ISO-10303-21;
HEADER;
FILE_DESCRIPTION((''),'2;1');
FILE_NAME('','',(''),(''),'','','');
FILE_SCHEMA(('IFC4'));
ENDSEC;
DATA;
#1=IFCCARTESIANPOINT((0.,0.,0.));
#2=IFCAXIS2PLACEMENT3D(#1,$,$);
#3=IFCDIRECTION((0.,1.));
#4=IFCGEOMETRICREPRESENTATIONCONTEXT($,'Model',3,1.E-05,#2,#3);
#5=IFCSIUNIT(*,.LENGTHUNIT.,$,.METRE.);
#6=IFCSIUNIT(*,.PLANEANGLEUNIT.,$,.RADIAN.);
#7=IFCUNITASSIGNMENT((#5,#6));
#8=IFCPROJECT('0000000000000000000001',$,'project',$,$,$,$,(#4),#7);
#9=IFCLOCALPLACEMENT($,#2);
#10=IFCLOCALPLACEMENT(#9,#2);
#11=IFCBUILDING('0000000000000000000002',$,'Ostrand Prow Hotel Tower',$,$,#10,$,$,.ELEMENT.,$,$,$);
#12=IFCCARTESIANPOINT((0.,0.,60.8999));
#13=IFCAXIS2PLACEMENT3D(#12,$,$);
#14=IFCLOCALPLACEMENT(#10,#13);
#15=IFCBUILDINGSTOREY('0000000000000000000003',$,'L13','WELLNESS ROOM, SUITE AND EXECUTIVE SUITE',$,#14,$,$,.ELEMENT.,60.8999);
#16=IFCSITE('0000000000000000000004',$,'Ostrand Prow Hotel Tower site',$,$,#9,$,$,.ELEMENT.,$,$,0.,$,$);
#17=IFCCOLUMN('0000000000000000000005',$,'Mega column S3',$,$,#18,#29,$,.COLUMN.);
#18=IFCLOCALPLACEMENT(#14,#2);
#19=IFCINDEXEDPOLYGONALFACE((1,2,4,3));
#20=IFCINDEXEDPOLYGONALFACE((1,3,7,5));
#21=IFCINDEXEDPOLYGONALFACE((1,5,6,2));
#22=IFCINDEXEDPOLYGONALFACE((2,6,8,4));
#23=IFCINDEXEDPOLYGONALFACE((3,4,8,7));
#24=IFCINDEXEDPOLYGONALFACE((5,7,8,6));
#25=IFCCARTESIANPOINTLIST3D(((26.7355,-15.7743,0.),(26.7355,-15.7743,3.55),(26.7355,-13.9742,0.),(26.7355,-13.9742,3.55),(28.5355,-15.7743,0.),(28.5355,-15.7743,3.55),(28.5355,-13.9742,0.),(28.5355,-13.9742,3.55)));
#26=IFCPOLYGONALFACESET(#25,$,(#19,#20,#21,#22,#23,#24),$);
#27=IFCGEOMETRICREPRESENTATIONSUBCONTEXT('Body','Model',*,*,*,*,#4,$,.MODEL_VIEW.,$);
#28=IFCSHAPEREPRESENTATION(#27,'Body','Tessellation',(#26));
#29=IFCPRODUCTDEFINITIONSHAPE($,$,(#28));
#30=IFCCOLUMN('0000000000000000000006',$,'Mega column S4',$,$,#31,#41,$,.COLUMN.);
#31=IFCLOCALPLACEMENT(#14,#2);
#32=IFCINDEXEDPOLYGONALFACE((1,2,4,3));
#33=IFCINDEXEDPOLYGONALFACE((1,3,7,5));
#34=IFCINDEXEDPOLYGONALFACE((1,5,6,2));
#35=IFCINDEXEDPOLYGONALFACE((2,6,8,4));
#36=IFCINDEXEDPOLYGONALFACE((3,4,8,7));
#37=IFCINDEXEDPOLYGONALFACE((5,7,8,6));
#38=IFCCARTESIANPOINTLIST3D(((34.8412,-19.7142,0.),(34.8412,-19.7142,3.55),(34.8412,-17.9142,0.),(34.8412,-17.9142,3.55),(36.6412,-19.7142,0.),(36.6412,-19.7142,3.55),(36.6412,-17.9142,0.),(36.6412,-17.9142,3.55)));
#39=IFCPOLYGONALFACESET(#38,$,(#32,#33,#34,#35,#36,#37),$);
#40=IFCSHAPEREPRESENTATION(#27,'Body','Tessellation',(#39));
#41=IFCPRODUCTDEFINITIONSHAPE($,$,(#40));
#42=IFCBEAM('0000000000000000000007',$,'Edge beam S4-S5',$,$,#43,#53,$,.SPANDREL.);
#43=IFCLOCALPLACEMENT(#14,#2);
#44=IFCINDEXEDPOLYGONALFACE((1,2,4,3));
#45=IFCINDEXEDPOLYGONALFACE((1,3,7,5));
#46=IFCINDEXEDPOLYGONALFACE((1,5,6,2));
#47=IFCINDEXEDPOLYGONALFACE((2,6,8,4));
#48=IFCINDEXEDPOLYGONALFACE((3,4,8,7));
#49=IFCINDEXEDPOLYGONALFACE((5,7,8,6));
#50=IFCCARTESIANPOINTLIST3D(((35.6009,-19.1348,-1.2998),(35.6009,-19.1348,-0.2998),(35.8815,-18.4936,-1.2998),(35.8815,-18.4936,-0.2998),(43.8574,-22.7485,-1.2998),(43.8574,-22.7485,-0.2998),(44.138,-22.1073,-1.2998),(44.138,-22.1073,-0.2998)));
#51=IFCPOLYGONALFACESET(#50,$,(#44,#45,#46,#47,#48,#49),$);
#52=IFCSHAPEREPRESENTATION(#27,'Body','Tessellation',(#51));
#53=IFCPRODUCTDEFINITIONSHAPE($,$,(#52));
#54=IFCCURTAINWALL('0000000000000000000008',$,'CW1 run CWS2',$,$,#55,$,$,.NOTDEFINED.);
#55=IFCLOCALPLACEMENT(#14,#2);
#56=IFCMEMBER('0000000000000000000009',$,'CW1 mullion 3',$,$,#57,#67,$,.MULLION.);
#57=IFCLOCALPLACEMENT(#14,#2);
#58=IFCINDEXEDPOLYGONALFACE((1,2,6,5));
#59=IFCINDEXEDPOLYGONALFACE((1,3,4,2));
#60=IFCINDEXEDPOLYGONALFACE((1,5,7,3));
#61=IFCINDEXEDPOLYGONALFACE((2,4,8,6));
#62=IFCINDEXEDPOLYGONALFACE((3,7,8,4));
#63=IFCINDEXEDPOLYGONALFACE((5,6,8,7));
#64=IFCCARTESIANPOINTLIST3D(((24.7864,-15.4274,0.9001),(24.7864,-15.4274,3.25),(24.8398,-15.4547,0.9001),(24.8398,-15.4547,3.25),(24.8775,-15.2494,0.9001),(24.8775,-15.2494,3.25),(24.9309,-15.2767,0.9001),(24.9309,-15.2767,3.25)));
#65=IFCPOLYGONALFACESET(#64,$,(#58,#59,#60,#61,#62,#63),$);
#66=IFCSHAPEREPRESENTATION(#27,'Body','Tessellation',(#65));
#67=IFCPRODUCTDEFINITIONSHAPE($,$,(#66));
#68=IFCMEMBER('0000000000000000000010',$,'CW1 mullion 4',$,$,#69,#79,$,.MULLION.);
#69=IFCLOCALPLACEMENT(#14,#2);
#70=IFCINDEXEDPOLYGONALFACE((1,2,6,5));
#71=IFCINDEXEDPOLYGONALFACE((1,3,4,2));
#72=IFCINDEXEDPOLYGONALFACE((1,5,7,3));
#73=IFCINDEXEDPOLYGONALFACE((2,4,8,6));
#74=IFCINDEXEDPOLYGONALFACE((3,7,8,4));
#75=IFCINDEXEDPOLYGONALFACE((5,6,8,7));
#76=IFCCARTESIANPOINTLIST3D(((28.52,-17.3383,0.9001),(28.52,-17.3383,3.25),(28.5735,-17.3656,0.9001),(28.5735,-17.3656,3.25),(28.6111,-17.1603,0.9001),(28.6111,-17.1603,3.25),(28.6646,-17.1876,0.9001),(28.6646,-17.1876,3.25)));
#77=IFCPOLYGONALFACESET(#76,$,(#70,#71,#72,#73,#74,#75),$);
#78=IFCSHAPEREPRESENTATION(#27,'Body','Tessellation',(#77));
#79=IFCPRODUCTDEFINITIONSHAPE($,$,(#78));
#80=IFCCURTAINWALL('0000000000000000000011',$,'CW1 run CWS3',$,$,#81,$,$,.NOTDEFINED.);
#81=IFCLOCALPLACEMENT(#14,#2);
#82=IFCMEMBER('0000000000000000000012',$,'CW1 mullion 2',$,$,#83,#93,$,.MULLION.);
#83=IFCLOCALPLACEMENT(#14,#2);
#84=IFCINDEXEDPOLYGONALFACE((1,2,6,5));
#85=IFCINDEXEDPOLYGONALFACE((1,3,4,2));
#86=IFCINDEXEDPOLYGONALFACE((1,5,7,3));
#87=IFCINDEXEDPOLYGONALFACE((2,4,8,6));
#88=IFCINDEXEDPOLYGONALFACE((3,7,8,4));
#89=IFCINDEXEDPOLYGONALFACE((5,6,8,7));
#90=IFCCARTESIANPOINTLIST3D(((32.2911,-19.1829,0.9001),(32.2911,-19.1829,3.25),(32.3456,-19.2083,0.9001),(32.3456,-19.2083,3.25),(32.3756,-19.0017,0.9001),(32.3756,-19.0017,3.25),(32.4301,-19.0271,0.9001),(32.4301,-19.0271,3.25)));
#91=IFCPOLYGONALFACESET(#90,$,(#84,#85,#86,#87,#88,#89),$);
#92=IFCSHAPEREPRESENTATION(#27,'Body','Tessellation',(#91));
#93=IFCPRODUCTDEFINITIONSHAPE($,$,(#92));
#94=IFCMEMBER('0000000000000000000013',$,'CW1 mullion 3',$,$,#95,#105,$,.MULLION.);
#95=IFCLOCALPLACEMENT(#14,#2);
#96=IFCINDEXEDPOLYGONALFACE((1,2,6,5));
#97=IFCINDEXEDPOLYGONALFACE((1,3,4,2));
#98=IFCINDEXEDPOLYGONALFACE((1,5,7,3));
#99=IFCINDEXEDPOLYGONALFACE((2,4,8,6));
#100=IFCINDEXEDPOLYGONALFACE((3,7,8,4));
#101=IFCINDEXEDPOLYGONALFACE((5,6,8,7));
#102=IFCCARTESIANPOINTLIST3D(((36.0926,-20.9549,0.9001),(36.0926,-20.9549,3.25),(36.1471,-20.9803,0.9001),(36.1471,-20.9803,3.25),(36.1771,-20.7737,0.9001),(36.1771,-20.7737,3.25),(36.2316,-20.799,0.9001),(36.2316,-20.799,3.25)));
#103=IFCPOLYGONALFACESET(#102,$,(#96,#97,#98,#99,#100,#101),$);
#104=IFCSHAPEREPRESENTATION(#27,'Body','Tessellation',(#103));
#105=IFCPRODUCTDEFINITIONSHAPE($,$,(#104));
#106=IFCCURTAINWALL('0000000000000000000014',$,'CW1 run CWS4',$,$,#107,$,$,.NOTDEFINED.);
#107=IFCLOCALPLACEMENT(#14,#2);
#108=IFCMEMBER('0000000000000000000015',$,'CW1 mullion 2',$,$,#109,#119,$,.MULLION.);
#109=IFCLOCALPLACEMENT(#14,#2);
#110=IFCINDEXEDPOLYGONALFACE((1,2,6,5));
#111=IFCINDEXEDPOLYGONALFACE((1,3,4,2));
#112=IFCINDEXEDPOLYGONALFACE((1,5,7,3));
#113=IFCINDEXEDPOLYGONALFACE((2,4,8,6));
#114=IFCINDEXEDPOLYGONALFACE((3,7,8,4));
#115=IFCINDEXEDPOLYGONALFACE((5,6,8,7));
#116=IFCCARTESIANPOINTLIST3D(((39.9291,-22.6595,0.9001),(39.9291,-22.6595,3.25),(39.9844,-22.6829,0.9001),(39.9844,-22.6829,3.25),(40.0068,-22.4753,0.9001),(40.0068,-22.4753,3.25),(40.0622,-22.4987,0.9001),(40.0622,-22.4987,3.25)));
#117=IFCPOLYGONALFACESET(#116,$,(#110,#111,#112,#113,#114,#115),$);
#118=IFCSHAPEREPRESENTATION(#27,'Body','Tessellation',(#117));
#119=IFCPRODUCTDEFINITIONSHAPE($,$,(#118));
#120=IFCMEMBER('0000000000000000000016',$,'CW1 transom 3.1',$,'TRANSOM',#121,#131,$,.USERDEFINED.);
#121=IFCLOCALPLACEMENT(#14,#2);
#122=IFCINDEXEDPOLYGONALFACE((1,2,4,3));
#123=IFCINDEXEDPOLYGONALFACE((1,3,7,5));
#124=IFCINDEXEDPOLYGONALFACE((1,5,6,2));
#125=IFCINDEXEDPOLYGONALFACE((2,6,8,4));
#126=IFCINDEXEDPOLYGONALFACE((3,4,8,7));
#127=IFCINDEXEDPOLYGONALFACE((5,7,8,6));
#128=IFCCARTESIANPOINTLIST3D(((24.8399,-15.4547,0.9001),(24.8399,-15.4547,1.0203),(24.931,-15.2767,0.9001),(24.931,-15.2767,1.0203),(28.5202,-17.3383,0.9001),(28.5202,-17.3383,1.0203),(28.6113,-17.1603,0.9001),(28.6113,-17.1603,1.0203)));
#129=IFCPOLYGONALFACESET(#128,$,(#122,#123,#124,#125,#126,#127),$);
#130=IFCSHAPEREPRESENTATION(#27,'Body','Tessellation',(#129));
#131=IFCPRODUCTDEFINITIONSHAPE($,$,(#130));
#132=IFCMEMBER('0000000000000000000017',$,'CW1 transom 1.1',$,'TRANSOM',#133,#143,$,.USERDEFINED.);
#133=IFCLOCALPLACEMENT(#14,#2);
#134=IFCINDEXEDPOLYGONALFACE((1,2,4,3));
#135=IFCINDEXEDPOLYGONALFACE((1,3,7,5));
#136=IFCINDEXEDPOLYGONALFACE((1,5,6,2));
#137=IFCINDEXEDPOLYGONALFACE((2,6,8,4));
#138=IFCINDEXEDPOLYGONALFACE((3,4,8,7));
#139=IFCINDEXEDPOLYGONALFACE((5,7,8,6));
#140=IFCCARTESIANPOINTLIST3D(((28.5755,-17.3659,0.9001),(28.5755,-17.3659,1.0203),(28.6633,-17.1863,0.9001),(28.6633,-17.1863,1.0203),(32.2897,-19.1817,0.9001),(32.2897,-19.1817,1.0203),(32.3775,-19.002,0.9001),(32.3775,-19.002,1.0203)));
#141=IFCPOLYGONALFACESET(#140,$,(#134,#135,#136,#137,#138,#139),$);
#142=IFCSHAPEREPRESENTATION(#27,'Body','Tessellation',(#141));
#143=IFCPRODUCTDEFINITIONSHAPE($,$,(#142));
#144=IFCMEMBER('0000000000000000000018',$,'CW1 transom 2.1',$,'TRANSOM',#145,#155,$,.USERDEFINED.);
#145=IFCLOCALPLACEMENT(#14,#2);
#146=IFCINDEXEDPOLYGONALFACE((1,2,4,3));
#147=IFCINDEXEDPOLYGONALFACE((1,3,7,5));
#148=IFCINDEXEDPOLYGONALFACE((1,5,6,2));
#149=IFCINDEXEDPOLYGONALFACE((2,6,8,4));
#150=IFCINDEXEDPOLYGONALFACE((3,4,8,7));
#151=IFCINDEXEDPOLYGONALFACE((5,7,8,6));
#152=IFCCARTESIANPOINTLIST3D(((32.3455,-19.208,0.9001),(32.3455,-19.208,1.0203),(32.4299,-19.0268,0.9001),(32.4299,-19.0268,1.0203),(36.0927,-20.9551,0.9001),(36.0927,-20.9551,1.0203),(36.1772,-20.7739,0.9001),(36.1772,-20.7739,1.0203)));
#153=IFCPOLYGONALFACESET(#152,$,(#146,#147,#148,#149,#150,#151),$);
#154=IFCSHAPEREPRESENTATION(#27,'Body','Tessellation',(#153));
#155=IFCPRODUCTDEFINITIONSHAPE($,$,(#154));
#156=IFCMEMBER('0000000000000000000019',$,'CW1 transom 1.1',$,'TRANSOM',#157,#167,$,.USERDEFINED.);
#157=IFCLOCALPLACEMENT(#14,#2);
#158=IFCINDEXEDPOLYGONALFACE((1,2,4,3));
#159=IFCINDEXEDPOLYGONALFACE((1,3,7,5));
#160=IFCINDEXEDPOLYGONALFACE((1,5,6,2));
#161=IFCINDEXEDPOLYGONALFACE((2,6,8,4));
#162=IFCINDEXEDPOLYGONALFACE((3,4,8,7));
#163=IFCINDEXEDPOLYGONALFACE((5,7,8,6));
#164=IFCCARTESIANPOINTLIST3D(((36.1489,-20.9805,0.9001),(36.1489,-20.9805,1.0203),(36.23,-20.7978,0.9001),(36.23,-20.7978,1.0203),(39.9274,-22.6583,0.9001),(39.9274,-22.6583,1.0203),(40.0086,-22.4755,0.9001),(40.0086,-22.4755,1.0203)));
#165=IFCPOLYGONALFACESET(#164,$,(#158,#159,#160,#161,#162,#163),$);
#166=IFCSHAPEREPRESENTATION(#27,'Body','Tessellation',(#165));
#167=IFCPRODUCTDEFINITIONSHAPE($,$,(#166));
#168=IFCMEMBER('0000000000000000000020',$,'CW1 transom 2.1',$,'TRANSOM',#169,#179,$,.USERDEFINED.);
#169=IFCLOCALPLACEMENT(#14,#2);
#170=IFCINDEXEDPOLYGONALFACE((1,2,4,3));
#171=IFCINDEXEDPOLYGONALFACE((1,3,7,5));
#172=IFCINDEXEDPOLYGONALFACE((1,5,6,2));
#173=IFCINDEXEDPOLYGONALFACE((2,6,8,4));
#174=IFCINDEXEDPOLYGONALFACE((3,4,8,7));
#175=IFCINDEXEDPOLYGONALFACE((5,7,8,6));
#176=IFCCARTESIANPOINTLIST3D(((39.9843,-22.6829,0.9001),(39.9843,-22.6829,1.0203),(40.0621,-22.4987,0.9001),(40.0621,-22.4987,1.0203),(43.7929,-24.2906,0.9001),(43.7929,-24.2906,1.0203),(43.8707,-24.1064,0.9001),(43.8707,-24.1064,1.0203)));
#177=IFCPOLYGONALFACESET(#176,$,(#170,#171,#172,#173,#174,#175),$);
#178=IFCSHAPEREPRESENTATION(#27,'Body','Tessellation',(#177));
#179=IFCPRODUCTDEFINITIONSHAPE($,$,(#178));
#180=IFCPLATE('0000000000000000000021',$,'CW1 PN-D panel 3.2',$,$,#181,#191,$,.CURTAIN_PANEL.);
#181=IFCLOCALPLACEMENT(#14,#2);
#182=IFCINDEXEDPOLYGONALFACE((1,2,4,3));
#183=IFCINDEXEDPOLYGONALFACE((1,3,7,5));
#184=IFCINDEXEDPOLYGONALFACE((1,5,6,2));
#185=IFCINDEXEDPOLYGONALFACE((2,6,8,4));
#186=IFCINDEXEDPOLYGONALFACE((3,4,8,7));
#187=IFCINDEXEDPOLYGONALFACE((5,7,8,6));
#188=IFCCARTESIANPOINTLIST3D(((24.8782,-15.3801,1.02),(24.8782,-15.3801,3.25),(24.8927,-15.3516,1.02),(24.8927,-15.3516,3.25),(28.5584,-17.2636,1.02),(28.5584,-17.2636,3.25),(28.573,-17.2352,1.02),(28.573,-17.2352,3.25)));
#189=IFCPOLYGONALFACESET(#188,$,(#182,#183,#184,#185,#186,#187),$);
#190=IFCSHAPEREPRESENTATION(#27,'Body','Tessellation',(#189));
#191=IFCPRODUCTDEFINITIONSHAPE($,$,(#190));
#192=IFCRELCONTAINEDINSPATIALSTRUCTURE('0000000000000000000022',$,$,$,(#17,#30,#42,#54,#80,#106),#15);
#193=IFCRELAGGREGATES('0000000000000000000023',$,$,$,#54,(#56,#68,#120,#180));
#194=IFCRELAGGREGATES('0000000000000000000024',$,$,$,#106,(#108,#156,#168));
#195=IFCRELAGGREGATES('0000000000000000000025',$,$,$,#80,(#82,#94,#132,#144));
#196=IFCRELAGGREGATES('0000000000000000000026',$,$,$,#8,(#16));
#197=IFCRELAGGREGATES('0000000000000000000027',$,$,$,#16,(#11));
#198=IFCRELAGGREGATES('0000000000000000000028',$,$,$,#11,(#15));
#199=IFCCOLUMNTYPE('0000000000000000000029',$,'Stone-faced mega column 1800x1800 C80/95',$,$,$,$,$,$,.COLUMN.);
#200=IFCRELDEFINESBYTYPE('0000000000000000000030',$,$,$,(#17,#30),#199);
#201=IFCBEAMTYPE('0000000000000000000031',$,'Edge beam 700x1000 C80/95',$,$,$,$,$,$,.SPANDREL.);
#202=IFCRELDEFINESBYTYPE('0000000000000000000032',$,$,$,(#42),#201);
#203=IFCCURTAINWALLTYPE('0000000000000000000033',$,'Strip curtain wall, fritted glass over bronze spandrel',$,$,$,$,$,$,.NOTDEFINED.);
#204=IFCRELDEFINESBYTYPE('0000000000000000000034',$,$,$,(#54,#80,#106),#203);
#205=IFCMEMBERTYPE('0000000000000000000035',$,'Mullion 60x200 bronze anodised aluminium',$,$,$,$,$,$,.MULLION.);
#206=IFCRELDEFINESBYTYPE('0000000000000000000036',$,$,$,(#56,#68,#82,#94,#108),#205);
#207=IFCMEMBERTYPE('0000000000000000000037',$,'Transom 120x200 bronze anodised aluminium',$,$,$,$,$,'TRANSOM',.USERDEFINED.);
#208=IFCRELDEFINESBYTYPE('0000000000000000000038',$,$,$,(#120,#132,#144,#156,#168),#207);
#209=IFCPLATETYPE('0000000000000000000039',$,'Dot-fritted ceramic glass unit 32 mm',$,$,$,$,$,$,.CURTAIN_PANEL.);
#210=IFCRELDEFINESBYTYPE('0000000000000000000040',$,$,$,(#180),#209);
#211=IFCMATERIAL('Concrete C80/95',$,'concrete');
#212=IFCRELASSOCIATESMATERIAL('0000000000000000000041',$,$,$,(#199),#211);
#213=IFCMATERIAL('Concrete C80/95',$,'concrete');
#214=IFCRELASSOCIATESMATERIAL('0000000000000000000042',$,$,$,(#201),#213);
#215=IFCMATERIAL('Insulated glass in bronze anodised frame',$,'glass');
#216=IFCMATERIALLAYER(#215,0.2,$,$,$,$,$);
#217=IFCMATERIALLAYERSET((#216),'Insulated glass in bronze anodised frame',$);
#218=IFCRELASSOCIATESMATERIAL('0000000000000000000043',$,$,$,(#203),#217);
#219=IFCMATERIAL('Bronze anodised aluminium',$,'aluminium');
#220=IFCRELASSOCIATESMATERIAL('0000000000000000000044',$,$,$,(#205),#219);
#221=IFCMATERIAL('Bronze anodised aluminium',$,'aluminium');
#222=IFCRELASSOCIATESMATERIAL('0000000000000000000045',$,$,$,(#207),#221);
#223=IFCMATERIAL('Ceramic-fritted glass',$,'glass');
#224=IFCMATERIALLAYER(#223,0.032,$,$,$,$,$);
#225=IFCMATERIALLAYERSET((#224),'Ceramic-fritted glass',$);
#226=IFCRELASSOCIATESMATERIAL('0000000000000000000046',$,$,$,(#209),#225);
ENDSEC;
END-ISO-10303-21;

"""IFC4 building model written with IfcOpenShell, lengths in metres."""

from ifc_helpers import new_model, si_unit, direction, frame, origin, origin_2d, place, context, subcontext, project, spatial, rectangle, extrude, material, layer, layer_set, material_profile, profile_set, type_object, element, aggregate, save


model = new_model("IFC4")

# Units and contexts
model_context = context("Model", 3, precision=1e-05, world=origin(), true_north=direction((0.0, 1.0)))
body_context = subcontext(model_context, "Body", "Model", "MODEL_VIEW")
ifc_project = project(units=[si_unit("LENGTHUNIT", "METRE"), si_unit("PLANEANGLEUNIT", "RADIAN")], contexts=[model_context])

# Site, building, storey
site_placement = place(None, origin())
site = spatial("IfcSite", under=ifc_project, at=site_placement, Name="Ostrand Prow Hotel Tower site", CompositionType="ELEMENT", RefElevation=0.0)
building_placement = place(site_placement, origin())
building = spatial("IfcBuilding", under=site, at=building_placement, Name="Ostrand Prow Hotel Tower", CompositionType="ELEMENT")
storey_placement = place(building_placement, frame((0.0, 0.0, 60.8999)))
storey = spatial("IfcBuildingStorey", under=building, at=storey_placement, Name="L13", Description="WELLNESS ROOM, SUITE AND EXECUTIVE SUITE", CompositionType="ELEMENT", Elevation=60.8999)

# Columns
ifc_material_1 = material(Name="Concrete C80/95", Category="concrete")
ifc_material_profile_1 = material_profile(ifc_material_1, rectangle(XDim=1.8, YDim=1.8, at=origin_2d()), Name="RC 1800x1800")
ifc_profile_set_1 = profile_set([ifc_material_profile_1], Name="Concrete C80/95")
column_type = type_object("IfcColumnType", Name="Stone-faced mega column 1800x1800 C80/95", PredefinedType="COLUMN", material=ifc_profile_set_1)
for number, where, z_axis, x_axis, name in (
    (1, (27.6355, -14.8743, 0.0), (0.0, 0.0, 1.0), (1.0, 0.0, 0.0), "Mega column S3"),
    (2, (35.7412, -18.8142, 0.0), (0.0, 0.0, 1.0), (1.0, 0.0, 0.0), "Mega column S4"),
):
    element("IfcColumn", number, at=place(storey_placement, frame(where, z_axis=z_axis, x_axis=x_axis)), inside=storey, type_object=column_type, Name=name, PredefinedType="COLUMN", context=body_context, shape_type="SweptSolid", body=[
        extrude(rectangle(XDim=1.8, YDim=1.8, at=origin_2d()), origin(), (0.0, 0.0, 1.0), 3.55),
    ])

# Beam
ifc_material_2 = material(Name="Concrete C80/95", Category="concrete")
ifc_material_profile_2 = material_profile(ifc_material_2, rectangle(XDim=0.7, YDim=1.0, at=origin_2d()), Name="RC 700x1000")
ifc_profile_set_2 = profile_set([ifc_material_profile_2], Name="Concrete C80/95")
beam_type = type_object("IfcBeamType", Name="Edge beam 700x1000 C80/95", PredefinedType="SPANDREL", material=ifc_profile_set_2)
beam_placement = place(storey_placement, frame((35.7412, -18.8142, -0.7998), z_axis=(0.916096, -0.40096, 0.0), x_axis=(0.40096, 0.916096, 0.0)))
element("IfcBeam", 3, at=beam_placement, inside=storey, type_object=beam_type, Name="Edge beam S4-S5", PredefinedType="SPANDREL", context=body_context, shape_type="SweptSolid", body=[
    extrude(rectangle(XDim=0.7, YDim=1.0, at=origin_2d()), origin(), (0.0, 0.0, 1.0), 9.0127),
])

# Curtain walls, members
ifc_material_3 = material(Name="Insulated glass in bronze anodised frame", Category="glass")
ifc_layer_1 = layer(ifc_material_3, 0.2)
ifc_layer_set_1 = layer_set([ifc_layer_1], Name="Insulated glass in bronze anodised frame")
curtain_wall_type = type_object("IfcCurtainWallType", Name="Strip curtain wall, fritted glass over bronze spandrel", PredefinedType="NOTDEFINED", material=ifc_layer_set_1)
curtain_wall_1_placement = place(storey_placement, origin())
curtain_wall_1 = element("IfcCurtainWall", 4, at=curtain_wall_1_placement, inside=storey, type_object=curtain_wall_type, Name="CW1 run CWS2", PredefinedType="NOTDEFINED")
ifc_material_4 = material(Name="Bronze anodised aluminium", Category="aluminium")
ifc_material_profile_3 = material_profile(ifc_material_4, rectangle(XDim=0.2, YDim=0.0601, at=origin_2d()), Name="Mullion 60x200 bronze anodised aluminium")
ifc_profile_set_3 = profile_set([ifc_material_profile_3], Name="Bronze anodised aluminium")
member_type_1 = type_object("IfcMemberType", Name="Mullion 60x200 bronze anodised aluminium", PredefinedType="MULLION", material=ifc_profile_set_3)
member_1_placement = place(storey_placement, frame((24.8586, -15.3521, 0.9001), z_axis=(0.0, 0.0, 1.0), x_axis=(0.455596, 0.890187, 0.0)))
member_1 = element("IfcMember", 5, at=member_1_placement, type_object=member_type_1, Name="CW1 mullion 3", PredefinedType="MULLION", context=body_context, shape_type="SweptSolid", body=[
    extrude(rectangle(XDim=0.2, YDim=0.0601, at=origin_2d()), origin(), (0.0, 0.0, 1.0), 2.3499),
])
member_2_placement = place(storey_placement, frame((28.5923, -17.2629, 0.9001), z_axis=(0.0, 0.0, 1.0), x_axis=(0.455596, 0.890187, 0.0)))
member_2 = element("IfcMember", 6, at=member_2_placement, type_object=member_type_1, Name="CW1 mullion 4", PredefinedType="MULLION", context=body_context, shape_type="SweptSolid", body=[
    extrude(rectangle(XDim=0.2, YDim=0.0601, at=origin_2d()), origin(), (0.0, 0.0, 1.0), 2.3499),
])
curtain_wall_2_placement = place(storey_placement, origin())
curtain_wall_2 = element("IfcCurtainWall", 7, at=curtain_wall_2_placement, inside=storey, type_object=curtain_wall_type, Name="CW1 run CWS3", PredefinedType="NOTDEFINED")
member_3_placement = place(storey_placement, frame((32.3606, -19.105, 0.9001), z_axis=(0.0, 0.0, 1.0), x_axis=(0.42253, 0.906349, 0.0)))
member_3 = element("IfcMember", 8, at=member_3_placement, type_object=member_type_1, Name="CW1 mullion 2", PredefinedType="MULLION", context=body_context, shape_type="SweptSolid", body=[
    extrude(rectangle(XDim=0.2, YDim=0.0601, at=origin_2d()), origin(), (0.0, 0.0, 1.0), 2.3499),
])
member_4_placement = place(storey_placement, frame((36.1621, -20.877, 0.9001), z_axis=(0.0, 0.0, 1.0), x_axis=(0.42253, 0.906349, 0.0)))
member_4 = element("IfcMember", 9, at=member_4_placement, type_object=member_type_1, Name="CW1 mullion 3", PredefinedType="MULLION", context=body_context, shape_type="SweptSolid", body=[
    extrude(rectangle(XDim=0.2, YDim=0.0601, at=origin_2d()), origin(), (0.0, 0.0, 1.0), 2.3499),
])

# Curtain wall, member
curtain_wall_3_placement = place(storey_placement, origin())
curtain_wall_3 = element("IfcCurtainWall", 10, at=curtain_wall_3_placement, inside=storey, type_object=curtain_wall_type, Name="CW1 run CWS4", PredefinedType="NOTDEFINED")
member_5_placement = place(storey_placement, frame((39.9956, -22.5791, 0.9001), z_axis=(0.0, 0.0, 1.0), x_axis=(0.388892, 0.921283, 0.0)))
member_5 = element("IfcMember", 11, at=member_5_placement, type_object=member_type_1, Name="CW1 mullion 2", PredefinedType="MULLION", context=body_context, shape_type="SweptSolid", body=[
    extrude(rectangle(XDim=0.2, YDim=0.0601, at=origin_2d()), origin(), (0.0, 0.0, 1.0), 2.3499),
])

# Members
ifc_material_5 = material(Name="Bronze anodised aluminium", Category="aluminium")
ifc_material_profile_4 = material_profile(ifc_material_5, rectangle(XDim=0.2, YDim=0.1201, at=origin_2d()), Name="Transom 120x200 bronze anodised aluminium")
ifc_profile_set_4 = profile_set([ifc_material_profile_4], Name="Bronze anodised aluminium")
member_type_2 = type_object("IfcMemberType", Name="Transom 120x200 bronze anodised aluminium", ElementType="TRANSOM", PredefinedType="USERDEFINED", material=ifc_profile_set_4)
member_6_placement = place(storey_placement, frame((24.8855, -15.3657, 0.9602), z_axis=(0.890183, -0.455603, 0.0), x_axis=(0.455603, 0.890183, 0.0)))
member_6 = element("IfcMember", 12, at=member_6_placement, type_object=member_type_2, Name="CW1 transom 3.1", ObjectType="TRANSOM", PredefinedType="USERDEFINED", context=body_context, shape_type="SweptSolid", body=[
    extrude(rectangle(XDim=0.2, YDim=0.1201, at=origin_2d()), origin(), (0.0, 0.0, 1.0), 4.1343),
])
member_7_placement = place(storey_placement, frame((28.6194, -17.2761, 0.9602), z_axis=(0.898395, -0.439188, 0.0), x_axis=(0.439188, 0.898395, 0.0)))
member_7 = element("IfcMember", 13, at=member_7_placement, type_object=member_type_2, Name="CW1 transom 1.1", ObjectType="TRANSOM", PredefinedType="USERDEFINED", context=body_context, shape_type="SweptSolid", body=[
    extrude(rectangle(XDim=0.2, YDim=0.1201, at=origin_2d()), origin(), (0.0, 0.0, 1.0), 4.1343),
])
member_8_placement = place(storey_placement, frame((32.3877, -19.1174, 0.9602), z_axis=(0.906338, -0.422552, 0.0), x_axis=(0.422552, 0.906338, 0.0)))
member_8 = element("IfcMember", 14, at=member_8_placement, type_object=member_type_2, Name="CW1 transom 2.1", ObjectType="TRANSOM", PredefinedType="USERDEFINED", context=body_context, shape_type="SweptSolid", body=[
    extrude(rectangle(XDim=0.2, YDim=0.1201, at=origin_2d()), origin(), (0.0, 0.0, 1.0), 4.1345),
])
member_9_placement = place(storey_placement, frame((36.1895, -20.8892, 0.9602), z_axis=(0.913958, -0.40581, 0.0), x_axis=(0.40581, 0.913958, 0.0)))
member_9 = element("IfcMember", 15, at=member_9_placement, type_object=member_type_2, Name="CW1 transom 1.1", ObjectType="TRANSOM", PredefinedType="USERDEFINED", context=body_context, shape_type="SweptSolid", body=[
    extrude(rectangle(XDim=0.2, YDim=0.1201, at=origin_2d()), origin(), (0.0, 0.0, 1.0), 4.1343),
])
member_10_placement = place(storey_placement, frame((40.0232, -22.5908, 0.9602), z_axis=(0.921285, -0.388888, 0.0), x_axis=(0.388888, 0.921285, 0.0)))
member_10 = element("IfcMember", 16, at=member_10_placement, type_object=member_type_2, Name="CW1 transom 2.1", ObjectType="TRANSOM", PredefinedType="USERDEFINED", context=body_context, shape_type="SweptSolid", body=[
    extrude(rectangle(XDim=0.2, YDim=0.1201, at=origin_2d()), origin(), (0.0, 0.0, 1.0), 4.134),
])

# Plate
ifc_material_6 = material(Name="Ceramic-fritted glass", Category="glass")
ifc_layer_2 = layer(ifc_material_6, 0.032)
ifc_layer_set_2 = layer_set([ifc_layer_2], Name="Ceramic-fritted glass")
plate_type_1 = type_object("IfcPlateType", Name="Dot-fritted ceramic glass unit 32 mm", PredefinedType="CURTAIN_PANEL", material=ifc_layer_set_2)
plate_1_placement = place(storey_placement, frame((26.7256, -16.3076, 1.02), z_axis=(0.0, 0.0, 1.0), x_axis=(0.890187, -0.455596, 0.0)))
plate_1 = element("IfcPlate", 17, at=plate_1_placement, type_object=plate_type_1, Name="CW1 PN-D panel 3.2", PredefinedType="CURTAIN_PANEL", context=body_context, shape_type="SweptSolid", body=[
    extrude(rectangle(XDim=4.1343, YDim=0.032, at=origin_2d()), origin(), (0.0, 0.0, 1.0), 2.23),
])
aggregate(curtain_wall_1, [member_1, member_2, member_6, plate_1])
aggregate(curtain_wall_3, [member_5, member_9, member_10])
aggregate(curtain_wall_2, [member_3, member_4, member_7, member_8])

save(model, "model.ifc")
